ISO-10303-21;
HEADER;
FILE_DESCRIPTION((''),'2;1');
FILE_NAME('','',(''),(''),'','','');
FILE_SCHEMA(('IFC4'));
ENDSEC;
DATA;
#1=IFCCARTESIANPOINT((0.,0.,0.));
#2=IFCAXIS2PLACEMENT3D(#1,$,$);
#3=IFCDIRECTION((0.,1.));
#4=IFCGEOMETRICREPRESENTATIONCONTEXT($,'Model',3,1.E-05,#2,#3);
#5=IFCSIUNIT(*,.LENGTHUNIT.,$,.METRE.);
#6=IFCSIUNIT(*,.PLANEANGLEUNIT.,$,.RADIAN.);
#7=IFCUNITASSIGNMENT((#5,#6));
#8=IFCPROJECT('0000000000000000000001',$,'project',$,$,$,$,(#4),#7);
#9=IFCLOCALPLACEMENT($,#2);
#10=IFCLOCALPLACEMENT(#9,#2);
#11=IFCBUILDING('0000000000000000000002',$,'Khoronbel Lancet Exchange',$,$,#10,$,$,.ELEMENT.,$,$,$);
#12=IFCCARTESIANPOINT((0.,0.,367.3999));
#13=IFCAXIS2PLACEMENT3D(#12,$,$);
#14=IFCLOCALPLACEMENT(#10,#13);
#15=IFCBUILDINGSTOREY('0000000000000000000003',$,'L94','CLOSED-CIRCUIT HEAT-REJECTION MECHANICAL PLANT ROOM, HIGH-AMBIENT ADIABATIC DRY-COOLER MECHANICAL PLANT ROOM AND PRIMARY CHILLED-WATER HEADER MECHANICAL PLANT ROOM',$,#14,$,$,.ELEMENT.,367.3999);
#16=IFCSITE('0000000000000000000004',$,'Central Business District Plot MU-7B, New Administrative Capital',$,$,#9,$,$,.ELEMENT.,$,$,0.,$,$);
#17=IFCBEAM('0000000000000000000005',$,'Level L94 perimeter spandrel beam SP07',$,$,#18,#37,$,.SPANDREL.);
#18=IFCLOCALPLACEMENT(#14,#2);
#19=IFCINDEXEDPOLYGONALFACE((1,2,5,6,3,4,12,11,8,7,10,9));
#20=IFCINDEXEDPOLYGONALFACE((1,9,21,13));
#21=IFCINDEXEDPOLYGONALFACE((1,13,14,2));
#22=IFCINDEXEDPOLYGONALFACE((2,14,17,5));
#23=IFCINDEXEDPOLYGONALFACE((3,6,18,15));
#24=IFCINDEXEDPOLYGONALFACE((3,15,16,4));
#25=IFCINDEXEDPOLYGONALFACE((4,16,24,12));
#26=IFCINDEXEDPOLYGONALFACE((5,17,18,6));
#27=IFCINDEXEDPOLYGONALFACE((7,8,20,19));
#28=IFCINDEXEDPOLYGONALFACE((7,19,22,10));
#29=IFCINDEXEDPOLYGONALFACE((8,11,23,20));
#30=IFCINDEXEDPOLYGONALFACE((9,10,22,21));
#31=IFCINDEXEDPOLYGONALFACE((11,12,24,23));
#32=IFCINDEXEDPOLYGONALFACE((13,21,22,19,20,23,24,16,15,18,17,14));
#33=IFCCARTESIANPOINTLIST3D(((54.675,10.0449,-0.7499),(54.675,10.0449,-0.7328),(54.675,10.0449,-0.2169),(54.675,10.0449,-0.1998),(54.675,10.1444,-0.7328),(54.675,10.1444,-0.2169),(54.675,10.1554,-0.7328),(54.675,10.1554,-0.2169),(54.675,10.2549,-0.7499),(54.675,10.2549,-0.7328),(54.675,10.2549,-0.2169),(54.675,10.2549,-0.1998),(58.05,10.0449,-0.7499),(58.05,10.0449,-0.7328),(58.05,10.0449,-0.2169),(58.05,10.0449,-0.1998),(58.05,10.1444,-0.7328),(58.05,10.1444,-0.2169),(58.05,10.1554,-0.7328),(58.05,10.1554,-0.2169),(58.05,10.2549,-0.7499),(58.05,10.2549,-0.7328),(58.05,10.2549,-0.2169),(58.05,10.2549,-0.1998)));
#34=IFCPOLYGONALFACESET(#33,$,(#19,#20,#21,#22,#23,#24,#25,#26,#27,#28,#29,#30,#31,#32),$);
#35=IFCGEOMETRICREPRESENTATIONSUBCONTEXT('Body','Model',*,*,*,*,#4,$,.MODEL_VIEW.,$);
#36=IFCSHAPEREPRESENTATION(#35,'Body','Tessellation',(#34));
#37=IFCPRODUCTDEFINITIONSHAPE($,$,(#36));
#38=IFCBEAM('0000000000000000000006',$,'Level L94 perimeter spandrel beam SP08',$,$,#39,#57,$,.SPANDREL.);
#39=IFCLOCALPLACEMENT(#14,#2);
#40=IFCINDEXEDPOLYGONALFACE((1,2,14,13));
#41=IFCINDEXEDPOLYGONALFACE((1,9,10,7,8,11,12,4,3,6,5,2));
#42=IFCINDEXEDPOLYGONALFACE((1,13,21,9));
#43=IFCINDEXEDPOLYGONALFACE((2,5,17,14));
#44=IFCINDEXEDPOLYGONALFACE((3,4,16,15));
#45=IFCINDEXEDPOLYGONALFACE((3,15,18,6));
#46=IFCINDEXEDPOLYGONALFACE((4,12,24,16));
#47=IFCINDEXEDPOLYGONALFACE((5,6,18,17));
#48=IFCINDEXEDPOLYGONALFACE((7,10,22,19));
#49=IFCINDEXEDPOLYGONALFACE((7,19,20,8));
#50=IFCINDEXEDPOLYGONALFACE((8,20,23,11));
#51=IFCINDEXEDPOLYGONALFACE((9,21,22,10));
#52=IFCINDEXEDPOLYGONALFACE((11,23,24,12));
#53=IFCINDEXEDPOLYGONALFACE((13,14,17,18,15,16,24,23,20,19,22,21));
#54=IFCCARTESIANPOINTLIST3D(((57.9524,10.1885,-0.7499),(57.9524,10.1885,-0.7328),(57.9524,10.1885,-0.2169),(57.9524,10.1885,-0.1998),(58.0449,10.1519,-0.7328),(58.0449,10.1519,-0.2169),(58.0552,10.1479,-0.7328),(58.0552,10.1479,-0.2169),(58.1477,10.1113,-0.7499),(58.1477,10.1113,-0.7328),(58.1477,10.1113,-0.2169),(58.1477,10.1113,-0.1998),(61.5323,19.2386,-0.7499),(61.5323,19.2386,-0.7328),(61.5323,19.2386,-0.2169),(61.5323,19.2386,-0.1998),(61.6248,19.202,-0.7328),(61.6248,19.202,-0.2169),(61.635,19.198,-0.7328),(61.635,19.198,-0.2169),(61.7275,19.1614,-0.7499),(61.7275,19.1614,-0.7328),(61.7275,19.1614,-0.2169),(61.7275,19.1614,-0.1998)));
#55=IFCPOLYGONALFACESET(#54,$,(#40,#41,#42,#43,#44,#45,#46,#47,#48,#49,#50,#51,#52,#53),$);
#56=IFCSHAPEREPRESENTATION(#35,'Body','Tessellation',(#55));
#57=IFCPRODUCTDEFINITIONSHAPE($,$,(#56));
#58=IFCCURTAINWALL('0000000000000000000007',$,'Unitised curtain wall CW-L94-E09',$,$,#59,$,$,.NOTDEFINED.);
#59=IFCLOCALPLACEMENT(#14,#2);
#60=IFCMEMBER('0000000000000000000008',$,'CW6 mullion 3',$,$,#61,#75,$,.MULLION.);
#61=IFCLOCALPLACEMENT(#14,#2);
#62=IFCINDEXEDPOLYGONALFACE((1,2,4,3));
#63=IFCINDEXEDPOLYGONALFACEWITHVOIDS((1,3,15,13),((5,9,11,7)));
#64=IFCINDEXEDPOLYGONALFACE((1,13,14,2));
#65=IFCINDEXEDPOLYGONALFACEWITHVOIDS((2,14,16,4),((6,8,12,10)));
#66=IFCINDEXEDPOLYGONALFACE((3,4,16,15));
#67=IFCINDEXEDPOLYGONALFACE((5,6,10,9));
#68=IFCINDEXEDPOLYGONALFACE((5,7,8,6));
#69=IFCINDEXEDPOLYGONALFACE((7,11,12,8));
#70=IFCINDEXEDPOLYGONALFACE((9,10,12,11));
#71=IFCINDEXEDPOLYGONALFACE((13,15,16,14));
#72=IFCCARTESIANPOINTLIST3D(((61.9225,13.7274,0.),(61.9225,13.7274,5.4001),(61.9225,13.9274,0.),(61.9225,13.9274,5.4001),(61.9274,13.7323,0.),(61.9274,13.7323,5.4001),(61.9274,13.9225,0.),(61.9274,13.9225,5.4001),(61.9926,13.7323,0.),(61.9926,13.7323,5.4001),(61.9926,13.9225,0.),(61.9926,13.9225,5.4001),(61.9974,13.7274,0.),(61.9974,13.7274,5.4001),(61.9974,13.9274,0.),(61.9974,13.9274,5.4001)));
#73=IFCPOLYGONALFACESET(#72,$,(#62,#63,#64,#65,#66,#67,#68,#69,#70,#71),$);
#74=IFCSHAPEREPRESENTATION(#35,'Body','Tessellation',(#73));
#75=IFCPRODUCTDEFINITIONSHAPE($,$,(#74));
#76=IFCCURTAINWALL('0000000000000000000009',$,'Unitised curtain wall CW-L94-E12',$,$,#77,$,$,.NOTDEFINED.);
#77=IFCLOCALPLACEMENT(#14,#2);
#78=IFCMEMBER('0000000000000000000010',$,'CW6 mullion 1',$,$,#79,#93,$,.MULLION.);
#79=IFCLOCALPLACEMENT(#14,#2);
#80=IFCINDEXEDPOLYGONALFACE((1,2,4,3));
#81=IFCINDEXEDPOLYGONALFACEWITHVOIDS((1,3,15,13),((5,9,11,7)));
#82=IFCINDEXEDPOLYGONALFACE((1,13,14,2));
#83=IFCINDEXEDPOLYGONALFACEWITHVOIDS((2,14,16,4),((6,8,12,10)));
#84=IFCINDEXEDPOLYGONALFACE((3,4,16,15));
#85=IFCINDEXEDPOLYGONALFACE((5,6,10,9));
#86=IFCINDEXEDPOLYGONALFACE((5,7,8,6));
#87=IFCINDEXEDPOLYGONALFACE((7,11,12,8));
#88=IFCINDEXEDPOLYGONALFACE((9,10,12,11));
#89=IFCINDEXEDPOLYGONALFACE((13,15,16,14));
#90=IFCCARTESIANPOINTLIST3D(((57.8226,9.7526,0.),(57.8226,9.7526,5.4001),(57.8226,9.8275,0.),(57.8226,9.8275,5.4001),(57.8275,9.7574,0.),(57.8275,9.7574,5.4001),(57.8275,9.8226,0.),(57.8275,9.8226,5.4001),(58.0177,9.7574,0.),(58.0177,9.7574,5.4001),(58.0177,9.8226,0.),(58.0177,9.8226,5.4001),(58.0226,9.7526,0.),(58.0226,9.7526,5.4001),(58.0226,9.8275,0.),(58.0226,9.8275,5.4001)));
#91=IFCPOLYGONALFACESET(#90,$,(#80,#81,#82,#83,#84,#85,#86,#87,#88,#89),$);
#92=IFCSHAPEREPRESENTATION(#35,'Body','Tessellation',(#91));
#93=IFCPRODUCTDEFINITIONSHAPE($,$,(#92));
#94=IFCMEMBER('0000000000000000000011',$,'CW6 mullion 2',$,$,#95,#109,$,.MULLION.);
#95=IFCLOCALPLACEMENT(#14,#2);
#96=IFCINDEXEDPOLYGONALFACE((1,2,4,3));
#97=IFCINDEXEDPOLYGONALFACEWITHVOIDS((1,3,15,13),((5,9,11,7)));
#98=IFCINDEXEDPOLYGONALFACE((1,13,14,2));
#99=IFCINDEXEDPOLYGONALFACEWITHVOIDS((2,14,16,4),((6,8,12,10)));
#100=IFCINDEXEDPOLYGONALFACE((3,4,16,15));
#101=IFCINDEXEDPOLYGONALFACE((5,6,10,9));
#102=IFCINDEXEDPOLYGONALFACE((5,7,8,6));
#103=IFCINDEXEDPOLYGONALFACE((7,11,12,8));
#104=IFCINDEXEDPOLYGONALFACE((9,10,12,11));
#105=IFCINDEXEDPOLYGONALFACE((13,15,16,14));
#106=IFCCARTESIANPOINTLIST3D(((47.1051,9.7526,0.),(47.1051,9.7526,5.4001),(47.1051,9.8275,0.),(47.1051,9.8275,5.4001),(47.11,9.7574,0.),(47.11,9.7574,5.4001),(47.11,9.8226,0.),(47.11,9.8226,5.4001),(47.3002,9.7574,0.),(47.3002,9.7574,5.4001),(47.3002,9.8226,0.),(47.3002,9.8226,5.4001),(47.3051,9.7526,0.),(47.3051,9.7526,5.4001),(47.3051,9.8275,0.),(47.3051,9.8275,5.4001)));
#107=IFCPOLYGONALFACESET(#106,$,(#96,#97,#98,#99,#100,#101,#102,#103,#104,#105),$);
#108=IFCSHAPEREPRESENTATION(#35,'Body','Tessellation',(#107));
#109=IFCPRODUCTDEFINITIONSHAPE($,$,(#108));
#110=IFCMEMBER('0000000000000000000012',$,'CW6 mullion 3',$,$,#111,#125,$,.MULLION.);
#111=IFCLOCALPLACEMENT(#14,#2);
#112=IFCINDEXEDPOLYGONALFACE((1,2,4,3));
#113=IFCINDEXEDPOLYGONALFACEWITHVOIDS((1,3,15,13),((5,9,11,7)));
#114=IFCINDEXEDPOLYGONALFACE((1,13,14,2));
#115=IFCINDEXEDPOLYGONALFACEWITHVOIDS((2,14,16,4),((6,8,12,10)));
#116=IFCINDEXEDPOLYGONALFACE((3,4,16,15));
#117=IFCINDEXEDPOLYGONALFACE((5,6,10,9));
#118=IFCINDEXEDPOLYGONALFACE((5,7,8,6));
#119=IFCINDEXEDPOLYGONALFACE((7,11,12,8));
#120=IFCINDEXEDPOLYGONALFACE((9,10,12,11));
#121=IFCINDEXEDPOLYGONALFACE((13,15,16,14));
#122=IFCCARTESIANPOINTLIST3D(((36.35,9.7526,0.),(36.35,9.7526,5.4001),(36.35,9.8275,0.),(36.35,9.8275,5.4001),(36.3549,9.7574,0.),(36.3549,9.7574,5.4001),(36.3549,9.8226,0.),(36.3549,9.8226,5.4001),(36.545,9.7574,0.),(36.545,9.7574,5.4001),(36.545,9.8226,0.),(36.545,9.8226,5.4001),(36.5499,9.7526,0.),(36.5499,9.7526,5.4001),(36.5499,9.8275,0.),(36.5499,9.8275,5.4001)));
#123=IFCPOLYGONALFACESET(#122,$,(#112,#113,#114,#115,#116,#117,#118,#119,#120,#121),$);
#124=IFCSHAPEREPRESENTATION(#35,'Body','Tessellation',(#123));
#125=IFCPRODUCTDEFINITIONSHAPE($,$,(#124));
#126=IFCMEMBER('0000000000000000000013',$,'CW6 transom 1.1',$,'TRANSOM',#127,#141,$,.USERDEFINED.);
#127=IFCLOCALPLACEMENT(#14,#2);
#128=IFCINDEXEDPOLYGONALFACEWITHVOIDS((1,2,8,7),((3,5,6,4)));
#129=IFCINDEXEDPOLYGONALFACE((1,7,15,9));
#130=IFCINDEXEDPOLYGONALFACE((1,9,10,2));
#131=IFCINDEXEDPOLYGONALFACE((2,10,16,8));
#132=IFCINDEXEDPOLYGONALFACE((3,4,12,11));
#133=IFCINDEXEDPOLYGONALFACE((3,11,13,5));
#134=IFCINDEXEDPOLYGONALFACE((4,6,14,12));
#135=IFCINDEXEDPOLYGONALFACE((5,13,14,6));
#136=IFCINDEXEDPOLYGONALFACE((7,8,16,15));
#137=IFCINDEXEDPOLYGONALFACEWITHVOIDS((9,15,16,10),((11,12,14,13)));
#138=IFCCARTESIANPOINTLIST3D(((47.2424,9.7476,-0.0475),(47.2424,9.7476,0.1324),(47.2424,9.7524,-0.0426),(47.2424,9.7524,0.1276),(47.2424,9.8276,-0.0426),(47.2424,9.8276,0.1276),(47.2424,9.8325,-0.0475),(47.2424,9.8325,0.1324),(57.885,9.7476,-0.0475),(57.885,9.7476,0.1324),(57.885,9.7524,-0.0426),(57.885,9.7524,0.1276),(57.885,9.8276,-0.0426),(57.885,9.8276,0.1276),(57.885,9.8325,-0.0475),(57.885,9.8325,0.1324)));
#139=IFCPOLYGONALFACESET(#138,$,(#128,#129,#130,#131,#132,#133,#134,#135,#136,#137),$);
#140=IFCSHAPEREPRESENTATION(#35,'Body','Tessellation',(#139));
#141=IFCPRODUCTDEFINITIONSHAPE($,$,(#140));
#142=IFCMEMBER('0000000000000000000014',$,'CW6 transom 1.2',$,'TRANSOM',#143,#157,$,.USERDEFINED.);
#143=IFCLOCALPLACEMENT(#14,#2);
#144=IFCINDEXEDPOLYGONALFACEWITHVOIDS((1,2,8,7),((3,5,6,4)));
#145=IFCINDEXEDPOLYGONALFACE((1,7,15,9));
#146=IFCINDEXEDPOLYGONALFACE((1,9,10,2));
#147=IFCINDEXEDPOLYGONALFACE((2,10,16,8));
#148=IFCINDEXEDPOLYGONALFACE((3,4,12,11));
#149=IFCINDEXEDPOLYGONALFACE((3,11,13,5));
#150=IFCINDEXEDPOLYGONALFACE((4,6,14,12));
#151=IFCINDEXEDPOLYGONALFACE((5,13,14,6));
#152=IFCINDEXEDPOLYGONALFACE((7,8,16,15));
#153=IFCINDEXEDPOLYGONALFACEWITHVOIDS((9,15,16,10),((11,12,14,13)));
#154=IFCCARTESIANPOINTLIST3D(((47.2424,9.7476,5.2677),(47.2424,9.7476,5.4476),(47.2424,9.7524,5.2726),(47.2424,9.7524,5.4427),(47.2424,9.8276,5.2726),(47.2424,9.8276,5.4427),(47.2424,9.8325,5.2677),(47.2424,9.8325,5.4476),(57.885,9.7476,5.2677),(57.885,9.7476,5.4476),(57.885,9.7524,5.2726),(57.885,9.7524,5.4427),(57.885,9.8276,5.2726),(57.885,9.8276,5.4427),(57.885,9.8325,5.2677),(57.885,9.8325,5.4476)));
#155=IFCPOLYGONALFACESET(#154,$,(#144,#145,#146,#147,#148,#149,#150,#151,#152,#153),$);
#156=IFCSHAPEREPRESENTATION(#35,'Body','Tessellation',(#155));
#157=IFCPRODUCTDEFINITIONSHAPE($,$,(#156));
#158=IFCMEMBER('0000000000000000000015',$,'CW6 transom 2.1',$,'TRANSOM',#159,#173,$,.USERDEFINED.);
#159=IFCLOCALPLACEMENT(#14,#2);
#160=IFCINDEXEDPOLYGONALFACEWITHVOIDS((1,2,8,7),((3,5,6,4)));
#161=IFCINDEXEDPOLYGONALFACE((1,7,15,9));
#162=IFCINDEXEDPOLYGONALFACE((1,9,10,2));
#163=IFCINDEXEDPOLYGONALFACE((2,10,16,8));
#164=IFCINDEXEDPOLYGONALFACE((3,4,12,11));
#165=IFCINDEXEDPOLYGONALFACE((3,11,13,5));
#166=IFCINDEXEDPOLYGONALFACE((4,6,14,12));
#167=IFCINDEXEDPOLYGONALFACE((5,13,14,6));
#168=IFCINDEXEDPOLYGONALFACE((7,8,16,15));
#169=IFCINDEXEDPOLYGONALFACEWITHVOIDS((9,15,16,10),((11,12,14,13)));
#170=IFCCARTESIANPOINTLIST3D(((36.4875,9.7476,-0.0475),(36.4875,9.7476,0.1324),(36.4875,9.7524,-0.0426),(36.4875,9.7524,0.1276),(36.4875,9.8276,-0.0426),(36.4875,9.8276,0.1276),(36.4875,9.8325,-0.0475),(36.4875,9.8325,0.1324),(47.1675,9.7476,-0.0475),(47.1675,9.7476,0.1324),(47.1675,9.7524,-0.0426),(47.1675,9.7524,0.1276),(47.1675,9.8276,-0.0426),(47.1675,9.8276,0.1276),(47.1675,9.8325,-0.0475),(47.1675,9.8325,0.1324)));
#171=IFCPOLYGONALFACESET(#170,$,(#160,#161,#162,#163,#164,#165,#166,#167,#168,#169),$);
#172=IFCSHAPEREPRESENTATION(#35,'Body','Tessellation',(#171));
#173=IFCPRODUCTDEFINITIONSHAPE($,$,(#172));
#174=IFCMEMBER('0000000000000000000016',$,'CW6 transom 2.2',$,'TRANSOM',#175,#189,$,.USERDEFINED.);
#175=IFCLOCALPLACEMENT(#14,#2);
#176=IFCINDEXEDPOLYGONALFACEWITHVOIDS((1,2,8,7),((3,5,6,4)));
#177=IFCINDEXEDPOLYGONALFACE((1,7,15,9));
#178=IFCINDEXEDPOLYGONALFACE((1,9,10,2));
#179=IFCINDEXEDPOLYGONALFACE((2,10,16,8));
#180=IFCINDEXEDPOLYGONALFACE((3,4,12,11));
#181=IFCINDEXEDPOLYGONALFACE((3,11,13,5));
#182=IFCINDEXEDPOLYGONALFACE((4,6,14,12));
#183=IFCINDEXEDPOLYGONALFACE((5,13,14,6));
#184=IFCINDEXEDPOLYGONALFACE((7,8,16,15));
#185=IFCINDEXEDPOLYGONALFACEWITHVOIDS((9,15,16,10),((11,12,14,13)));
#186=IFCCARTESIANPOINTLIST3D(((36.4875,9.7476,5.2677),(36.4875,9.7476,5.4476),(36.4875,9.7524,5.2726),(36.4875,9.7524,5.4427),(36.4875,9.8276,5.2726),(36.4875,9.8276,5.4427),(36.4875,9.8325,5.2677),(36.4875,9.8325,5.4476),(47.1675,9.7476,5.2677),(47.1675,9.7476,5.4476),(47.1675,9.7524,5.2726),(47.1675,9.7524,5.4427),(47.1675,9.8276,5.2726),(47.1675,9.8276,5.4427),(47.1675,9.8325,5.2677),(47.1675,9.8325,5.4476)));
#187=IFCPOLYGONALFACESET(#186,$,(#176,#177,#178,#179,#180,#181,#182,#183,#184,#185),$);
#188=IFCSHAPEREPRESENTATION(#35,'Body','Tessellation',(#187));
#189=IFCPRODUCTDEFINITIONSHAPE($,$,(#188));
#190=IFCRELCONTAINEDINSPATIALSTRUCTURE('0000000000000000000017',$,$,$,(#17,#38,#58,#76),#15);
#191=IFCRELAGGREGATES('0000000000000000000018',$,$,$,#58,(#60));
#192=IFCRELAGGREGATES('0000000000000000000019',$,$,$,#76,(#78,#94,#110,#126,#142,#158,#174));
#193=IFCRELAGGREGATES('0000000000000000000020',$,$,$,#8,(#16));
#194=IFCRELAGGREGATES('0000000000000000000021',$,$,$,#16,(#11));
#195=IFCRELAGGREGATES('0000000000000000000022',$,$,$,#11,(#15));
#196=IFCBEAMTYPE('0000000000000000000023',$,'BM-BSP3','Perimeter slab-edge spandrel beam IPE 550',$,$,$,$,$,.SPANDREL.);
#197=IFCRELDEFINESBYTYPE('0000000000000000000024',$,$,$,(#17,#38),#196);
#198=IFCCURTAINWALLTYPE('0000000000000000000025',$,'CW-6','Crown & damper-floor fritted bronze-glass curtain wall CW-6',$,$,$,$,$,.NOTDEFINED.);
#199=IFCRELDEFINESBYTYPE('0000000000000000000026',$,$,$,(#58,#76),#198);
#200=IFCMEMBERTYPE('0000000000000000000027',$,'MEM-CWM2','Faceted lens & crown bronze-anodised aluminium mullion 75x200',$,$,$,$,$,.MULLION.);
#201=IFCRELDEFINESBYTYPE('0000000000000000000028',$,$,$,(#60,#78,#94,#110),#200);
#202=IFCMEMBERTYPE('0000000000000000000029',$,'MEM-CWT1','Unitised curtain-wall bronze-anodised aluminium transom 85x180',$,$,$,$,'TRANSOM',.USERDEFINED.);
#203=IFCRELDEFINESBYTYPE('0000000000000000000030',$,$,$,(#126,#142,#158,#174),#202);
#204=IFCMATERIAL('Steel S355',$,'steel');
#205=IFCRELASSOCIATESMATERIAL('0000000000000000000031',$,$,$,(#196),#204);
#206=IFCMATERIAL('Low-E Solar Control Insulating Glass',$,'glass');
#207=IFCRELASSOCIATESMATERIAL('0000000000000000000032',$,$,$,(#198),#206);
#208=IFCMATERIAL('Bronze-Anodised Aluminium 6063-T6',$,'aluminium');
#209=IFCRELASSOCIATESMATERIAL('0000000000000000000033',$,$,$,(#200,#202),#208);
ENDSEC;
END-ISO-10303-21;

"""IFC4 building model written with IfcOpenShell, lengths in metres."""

from ifc_helpers import new_model, si_unit, direction, frame, origin, origin_2d, place, context, subcontext, project, spatial, hollow_rectangle, i_section, extrude, material, material_profile, profile_set, type_object, element, aggregate, save


model = new_model("IFC4")

# Units and contexts
model_context = context("Model", 3, precision=1e-05, world=origin(), true_north=direction((0.0, 1.0)))
body_context = subcontext(model_context, "Body", "Model", "MODEL_VIEW")
ifc_project = project(units=[si_unit("LENGTHUNIT", "METRE"), si_unit("PLANEANGLEUNIT", "RADIAN")], contexts=[model_context])

# Site, building, storey
site_placement = place(None, origin())
site = spatial("IfcSite", under=ifc_project, at=site_placement, Name="Central Business District Plot MU-7B, New Administrative Capital", CompositionType="ELEMENT", RefElevation=0.0)
building_placement = place(site_placement, origin())
building = spatial("IfcBuilding", under=site, at=building_placement, Name="Khoronbel Lancet Exchange", CompositionType="ELEMENT")
storey_placement = place(building_placement, frame((0.0, 0.0, 367.3999)))
storey = spatial("IfcBuildingStorey", under=building, at=storey_placement, Name="L94", Description="CLOSED-CIRCUIT HEAT-REJECTION MECHANICAL PLANT ROOM, HIGH-AMBIENT ADIABATIC DRY-COOLER MECHANICAL PLANT ROOM AND PRIMARY CHILLED-WATER HEADER MECHANICAL PLANT ROOM", CompositionType="ELEMENT", Elevation=367.3999)

# Beams
ifc_material_1 = material(Name="Steel S355", Category="steel")
ifc_material_profile_1 = material_profile(ifc_material_1, i_section(OverallWidth=0.21, OverallDepth=0.55, WebThickness=0.011, FlangeThickness=0.0171, at=origin_2d()), Name="IPE 550")
ifc_profile_set_1 = profile_set([ifc_material_profile_1], Name="Steel S355")
beam_type_1 = type_object("IfcBeamType", Name="BM-BSP3", Description="Perimeter slab-edge spandrel beam IPE 550", PredefinedType="SPANDREL", material=ifc_profile_set_1)
beam_1_placement = place(storey_placement, frame((54.675, 10.1499, -0.4749), z_axis=(1.0, 0.0, 0.0), x_axis=(0.0, 1.0, 0.0)))
element("IfcBeam", 1, at=beam_1_placement, inside=storey, type_object=beam_type_1, Name="Level L94 perimeter spandrel beam SP07", PredefinedType="SPANDREL", context=body_context, shape_type="SweptSolid", body=[
    extrude(i_section(OverallWidth=0.21, OverallDepth=0.55, WebThickness=0.011, FlangeThickness=0.0171, at=origin_2d()), origin(), (0.0, 0.0, 1.0), 3.375),
])
beam_2_placement = place(storey_placement, frame((58.05, 10.1499, -0.4749), z_axis=(0.367828, 0.929894, 0.0), x_axis=(-0.929894, 0.367828, 0.0)))
element("IfcBeam", 2, at=beam_2_placement, inside=storey, type_object=beam_type_1, Name="Level L94 perimeter spandrel beam SP08", PredefinedType="SPANDREL", context=body_context, shape_type="SweptSolid", body=[
    extrude(i_section(OverallWidth=0.21, OverallDepth=0.55, WebThickness=0.011, FlangeThickness=0.0171, at=origin_2d()), origin(), (0.0, 0.0, 1.0), 9.7324),
])

# Curtain wall, member
ifc_material_2 = material(Name="Low-E Solar Control Insulating Glass", Category="glass")
curtain_wall_type = type_object("IfcCurtainWallType", Name="CW-6", Description="Crown & damper-floor fritted bronze-glass curtain wall CW-6", PredefinedType="NOTDEFINED", material=ifc_material_2)
curtain_wall_1_placement = place(storey_placement, origin())
curtain_wall_1 = element("IfcCurtainWall", 3, at=curtain_wall_1_placement, inside=storey, type_object=curtain_wall_type, Name="Unitised curtain wall CW-L94-E09", PredefinedType="NOTDEFINED")
ifc_material_3 = material(Name="Bronze-Anodised Aluminium 6063-T6", Category="aluminium")
ifc_material_profile_2 = material_profile(ifc_material_3, hollow_rectangle(XDim=0.075, YDim=0.2, WallThickness=0.0049, at=origin_2d()), Name="ALU MULLION 75x200")
ifc_profile_set_2 = profile_set([ifc_material_profile_2], Name="Bronze-Anodised Aluminium 6063-T6")
member_type_1 = type_object("IfcMemberType", Name="MEM-CWM2", Description="Faceted lens & crown bronze-anodised aluminium mullion 75x200", PredefinedType="MULLION", material=ifc_profile_set_2)
member_1_placement = place(storey_placement, frame((61.96, 13.8274, 0.0), z_axis=(0.0, 0.0, 1.0), x_axis=(1.0, 0.0, 0.0)))
member_1 = element("IfcMember", 4, at=member_1_placement, type_object=member_type_1, Name="CW6 mullion 3", PredefinedType="MULLION", context=body_context, shape_type="SweptSolid", body=[
    extrude(hollow_rectangle(XDim=0.075, YDim=0.2, WallThickness=0.0049, at=origin_2d()), origin(), (0.0, 0.0, 1.0), 5.4001),
])
aggregate(curtain_wall_1, [member_1])

# Curtain wall, members
curtain_wall_2_placement = place(storey_placement, origin())
curtain_wall_2 = element("IfcCurtainWall", 5, at=curtain_wall_2_placement, inside=storey, type_object=curtain_wall_type, Name="Unitised curtain wall CW-L94-E12", PredefinedType="NOTDEFINED")
member_2_placement = place(storey_placement, frame((57.9226, 9.79, 0.0), z_axis=(0.0, 0.0, 1.0), x_axis=(0.0, -1.0, 0.0)))
member_2 = element("IfcMember", 6, at=member_2_placement, type_object=member_type_1, Name="CW6 mullion 1", PredefinedType="MULLION", context=body_context, shape_type="SweptSolid", body=[
    extrude(hollow_rectangle(XDim=0.075, YDim=0.2, WallThickness=0.0049, at=origin_2d()), origin(), (0.0, 0.0, 1.0), 5.4001),
])
member_3_placement = place(storey_placement, frame((47.2051, 9.79, 0.0), z_axis=(0.0, 0.0, 1.0), x_axis=(0.0, -1.0, 0.0)))
member_3 = element("IfcMember", 7, at=member_3_placement, type_object=member_type_1, Name="CW6 mullion 2", PredefinedType="MULLION", context=body_context, shape_type="SweptSolid", body=[
    extrude(hollow_rectangle(XDim=0.075, YDim=0.2, WallThickness=0.0049, at=origin_2d()), origin(), (0.0, 0.0, 1.0), 5.4001),
])
member_4_placement = place(storey_placement, frame((36.45, 9.79, 0.0), z_axis=(0.0, 0.0, 1.0), x_axis=(0.0, -1.0, 0.0)))
member_4 = element("IfcMember", 8, at=member_4_placement, type_object=member_type_1, Name="CW6 mullion 3", PredefinedType="MULLION", context=body_context, shape_type="SweptSolid", body=[
    extrude(hollow_rectangle(XDim=0.075, YDim=0.2, WallThickness=0.0049, at=origin_2d()), origin(), (0.0, 0.0, 1.0), 5.4001),
])
ifc_material_profile_3 = material_profile(ifc_material_3, hollow_rectangle(XDim=0.085, YDim=0.1799, WallThickness=0.0049, at=origin_2d()), Name="ALU TRANSOM 85x180")
ifc_profile_set_3 = profile_set([ifc_material_profile_3], Name="Bronze-Anodised Aluminium 6063-T6")
member_type_2 = type_object("IfcMemberType", Name="MEM-CWT1", Description="Unitised curtain-wall bronze-anodised aluminium transom 85x180", ElementType="TRANSOM", PredefinedType="USERDEFINED", material=ifc_profile_set_3)
member_5_placement = place(storey_placement, frame((57.885, 9.79, 0.0425), z_axis=(-1.0, 0.0, 0.0), x_axis=(0.0, -1.0, 0.0)))
member_5 = element("IfcMember", 9, at=member_5_placement, type_object=member_type_2, Name="CW6 transom 1.1", ObjectType="TRANSOM", PredefinedType="USERDEFINED", context=body_context, shape_type="SweptSolid", body=[
    extrude(hollow_rectangle(XDim=0.085, YDim=0.1799, WallThickness=0.0049, at=origin_2d()), origin(), (0.0, 0.0, 1.0), 10.6426),
])
member_6_placement = place(storey_placement, frame((57.885, 9.79, 5.3577), z_axis=(-1.0, 0.0, 0.0), x_axis=(0.0, -1.0, 0.0)))
member_6 = element("IfcMember", 10, at=member_6_placement, type_object=member_type_2, Name="CW6 transom 1.2", ObjectType="TRANSOM", PredefinedType="USERDEFINED", context=body_context, shape_type="SweptSolid", body=[
    extrude(hollow_rectangle(XDim=0.085, YDim=0.1799, WallThickness=0.0049, at=origin_2d()), origin(), (0.0, 0.0, 1.0), 10.6426),
])
member_7_placement = place(storey_placement, frame((47.1675, 9.79, 0.0425), z_axis=(-1.0, 0.0, 0.0), x_axis=(0.0, -1.0, 0.0)))
member_7 = element("IfcMember", 11, at=member_7_placement, type_object=member_type_2, Name="CW6 transom 2.1", ObjectType="TRANSOM", PredefinedType="USERDEFINED", context=body_context, shape_type="SweptSolid", body=[
    extrude(hollow_rectangle(XDim=0.085, YDim=0.1799, WallThickness=0.0049, at=origin_2d()), origin(), (0.0, 0.0, 1.0), 10.6799),
])
member_8_placement = place(storey_placement, frame((47.1675, 9.79, 5.3577), z_axis=(-1.0, 0.0, 0.0), x_axis=(0.0, -1.0, 0.0)))
member_8 = element("IfcMember", 12, at=member_8_placement, type_object=member_type_2, Name="CW6 transom 2.2", ObjectType="TRANSOM", PredefinedType="USERDEFINED", context=body_context, shape_type="SweptSolid", body=[
    extrude(hollow_rectangle(XDim=0.085, YDim=0.1799, WallThickness=0.0049, at=origin_2d()), origin(), (0.0, 0.0, 1.0), 10.6799),
])

aggregate(curtain_wall_2, [member_2, member_3, member_4, member_5, member_6, member_7, member_8])

save(model, "model.ifc")
